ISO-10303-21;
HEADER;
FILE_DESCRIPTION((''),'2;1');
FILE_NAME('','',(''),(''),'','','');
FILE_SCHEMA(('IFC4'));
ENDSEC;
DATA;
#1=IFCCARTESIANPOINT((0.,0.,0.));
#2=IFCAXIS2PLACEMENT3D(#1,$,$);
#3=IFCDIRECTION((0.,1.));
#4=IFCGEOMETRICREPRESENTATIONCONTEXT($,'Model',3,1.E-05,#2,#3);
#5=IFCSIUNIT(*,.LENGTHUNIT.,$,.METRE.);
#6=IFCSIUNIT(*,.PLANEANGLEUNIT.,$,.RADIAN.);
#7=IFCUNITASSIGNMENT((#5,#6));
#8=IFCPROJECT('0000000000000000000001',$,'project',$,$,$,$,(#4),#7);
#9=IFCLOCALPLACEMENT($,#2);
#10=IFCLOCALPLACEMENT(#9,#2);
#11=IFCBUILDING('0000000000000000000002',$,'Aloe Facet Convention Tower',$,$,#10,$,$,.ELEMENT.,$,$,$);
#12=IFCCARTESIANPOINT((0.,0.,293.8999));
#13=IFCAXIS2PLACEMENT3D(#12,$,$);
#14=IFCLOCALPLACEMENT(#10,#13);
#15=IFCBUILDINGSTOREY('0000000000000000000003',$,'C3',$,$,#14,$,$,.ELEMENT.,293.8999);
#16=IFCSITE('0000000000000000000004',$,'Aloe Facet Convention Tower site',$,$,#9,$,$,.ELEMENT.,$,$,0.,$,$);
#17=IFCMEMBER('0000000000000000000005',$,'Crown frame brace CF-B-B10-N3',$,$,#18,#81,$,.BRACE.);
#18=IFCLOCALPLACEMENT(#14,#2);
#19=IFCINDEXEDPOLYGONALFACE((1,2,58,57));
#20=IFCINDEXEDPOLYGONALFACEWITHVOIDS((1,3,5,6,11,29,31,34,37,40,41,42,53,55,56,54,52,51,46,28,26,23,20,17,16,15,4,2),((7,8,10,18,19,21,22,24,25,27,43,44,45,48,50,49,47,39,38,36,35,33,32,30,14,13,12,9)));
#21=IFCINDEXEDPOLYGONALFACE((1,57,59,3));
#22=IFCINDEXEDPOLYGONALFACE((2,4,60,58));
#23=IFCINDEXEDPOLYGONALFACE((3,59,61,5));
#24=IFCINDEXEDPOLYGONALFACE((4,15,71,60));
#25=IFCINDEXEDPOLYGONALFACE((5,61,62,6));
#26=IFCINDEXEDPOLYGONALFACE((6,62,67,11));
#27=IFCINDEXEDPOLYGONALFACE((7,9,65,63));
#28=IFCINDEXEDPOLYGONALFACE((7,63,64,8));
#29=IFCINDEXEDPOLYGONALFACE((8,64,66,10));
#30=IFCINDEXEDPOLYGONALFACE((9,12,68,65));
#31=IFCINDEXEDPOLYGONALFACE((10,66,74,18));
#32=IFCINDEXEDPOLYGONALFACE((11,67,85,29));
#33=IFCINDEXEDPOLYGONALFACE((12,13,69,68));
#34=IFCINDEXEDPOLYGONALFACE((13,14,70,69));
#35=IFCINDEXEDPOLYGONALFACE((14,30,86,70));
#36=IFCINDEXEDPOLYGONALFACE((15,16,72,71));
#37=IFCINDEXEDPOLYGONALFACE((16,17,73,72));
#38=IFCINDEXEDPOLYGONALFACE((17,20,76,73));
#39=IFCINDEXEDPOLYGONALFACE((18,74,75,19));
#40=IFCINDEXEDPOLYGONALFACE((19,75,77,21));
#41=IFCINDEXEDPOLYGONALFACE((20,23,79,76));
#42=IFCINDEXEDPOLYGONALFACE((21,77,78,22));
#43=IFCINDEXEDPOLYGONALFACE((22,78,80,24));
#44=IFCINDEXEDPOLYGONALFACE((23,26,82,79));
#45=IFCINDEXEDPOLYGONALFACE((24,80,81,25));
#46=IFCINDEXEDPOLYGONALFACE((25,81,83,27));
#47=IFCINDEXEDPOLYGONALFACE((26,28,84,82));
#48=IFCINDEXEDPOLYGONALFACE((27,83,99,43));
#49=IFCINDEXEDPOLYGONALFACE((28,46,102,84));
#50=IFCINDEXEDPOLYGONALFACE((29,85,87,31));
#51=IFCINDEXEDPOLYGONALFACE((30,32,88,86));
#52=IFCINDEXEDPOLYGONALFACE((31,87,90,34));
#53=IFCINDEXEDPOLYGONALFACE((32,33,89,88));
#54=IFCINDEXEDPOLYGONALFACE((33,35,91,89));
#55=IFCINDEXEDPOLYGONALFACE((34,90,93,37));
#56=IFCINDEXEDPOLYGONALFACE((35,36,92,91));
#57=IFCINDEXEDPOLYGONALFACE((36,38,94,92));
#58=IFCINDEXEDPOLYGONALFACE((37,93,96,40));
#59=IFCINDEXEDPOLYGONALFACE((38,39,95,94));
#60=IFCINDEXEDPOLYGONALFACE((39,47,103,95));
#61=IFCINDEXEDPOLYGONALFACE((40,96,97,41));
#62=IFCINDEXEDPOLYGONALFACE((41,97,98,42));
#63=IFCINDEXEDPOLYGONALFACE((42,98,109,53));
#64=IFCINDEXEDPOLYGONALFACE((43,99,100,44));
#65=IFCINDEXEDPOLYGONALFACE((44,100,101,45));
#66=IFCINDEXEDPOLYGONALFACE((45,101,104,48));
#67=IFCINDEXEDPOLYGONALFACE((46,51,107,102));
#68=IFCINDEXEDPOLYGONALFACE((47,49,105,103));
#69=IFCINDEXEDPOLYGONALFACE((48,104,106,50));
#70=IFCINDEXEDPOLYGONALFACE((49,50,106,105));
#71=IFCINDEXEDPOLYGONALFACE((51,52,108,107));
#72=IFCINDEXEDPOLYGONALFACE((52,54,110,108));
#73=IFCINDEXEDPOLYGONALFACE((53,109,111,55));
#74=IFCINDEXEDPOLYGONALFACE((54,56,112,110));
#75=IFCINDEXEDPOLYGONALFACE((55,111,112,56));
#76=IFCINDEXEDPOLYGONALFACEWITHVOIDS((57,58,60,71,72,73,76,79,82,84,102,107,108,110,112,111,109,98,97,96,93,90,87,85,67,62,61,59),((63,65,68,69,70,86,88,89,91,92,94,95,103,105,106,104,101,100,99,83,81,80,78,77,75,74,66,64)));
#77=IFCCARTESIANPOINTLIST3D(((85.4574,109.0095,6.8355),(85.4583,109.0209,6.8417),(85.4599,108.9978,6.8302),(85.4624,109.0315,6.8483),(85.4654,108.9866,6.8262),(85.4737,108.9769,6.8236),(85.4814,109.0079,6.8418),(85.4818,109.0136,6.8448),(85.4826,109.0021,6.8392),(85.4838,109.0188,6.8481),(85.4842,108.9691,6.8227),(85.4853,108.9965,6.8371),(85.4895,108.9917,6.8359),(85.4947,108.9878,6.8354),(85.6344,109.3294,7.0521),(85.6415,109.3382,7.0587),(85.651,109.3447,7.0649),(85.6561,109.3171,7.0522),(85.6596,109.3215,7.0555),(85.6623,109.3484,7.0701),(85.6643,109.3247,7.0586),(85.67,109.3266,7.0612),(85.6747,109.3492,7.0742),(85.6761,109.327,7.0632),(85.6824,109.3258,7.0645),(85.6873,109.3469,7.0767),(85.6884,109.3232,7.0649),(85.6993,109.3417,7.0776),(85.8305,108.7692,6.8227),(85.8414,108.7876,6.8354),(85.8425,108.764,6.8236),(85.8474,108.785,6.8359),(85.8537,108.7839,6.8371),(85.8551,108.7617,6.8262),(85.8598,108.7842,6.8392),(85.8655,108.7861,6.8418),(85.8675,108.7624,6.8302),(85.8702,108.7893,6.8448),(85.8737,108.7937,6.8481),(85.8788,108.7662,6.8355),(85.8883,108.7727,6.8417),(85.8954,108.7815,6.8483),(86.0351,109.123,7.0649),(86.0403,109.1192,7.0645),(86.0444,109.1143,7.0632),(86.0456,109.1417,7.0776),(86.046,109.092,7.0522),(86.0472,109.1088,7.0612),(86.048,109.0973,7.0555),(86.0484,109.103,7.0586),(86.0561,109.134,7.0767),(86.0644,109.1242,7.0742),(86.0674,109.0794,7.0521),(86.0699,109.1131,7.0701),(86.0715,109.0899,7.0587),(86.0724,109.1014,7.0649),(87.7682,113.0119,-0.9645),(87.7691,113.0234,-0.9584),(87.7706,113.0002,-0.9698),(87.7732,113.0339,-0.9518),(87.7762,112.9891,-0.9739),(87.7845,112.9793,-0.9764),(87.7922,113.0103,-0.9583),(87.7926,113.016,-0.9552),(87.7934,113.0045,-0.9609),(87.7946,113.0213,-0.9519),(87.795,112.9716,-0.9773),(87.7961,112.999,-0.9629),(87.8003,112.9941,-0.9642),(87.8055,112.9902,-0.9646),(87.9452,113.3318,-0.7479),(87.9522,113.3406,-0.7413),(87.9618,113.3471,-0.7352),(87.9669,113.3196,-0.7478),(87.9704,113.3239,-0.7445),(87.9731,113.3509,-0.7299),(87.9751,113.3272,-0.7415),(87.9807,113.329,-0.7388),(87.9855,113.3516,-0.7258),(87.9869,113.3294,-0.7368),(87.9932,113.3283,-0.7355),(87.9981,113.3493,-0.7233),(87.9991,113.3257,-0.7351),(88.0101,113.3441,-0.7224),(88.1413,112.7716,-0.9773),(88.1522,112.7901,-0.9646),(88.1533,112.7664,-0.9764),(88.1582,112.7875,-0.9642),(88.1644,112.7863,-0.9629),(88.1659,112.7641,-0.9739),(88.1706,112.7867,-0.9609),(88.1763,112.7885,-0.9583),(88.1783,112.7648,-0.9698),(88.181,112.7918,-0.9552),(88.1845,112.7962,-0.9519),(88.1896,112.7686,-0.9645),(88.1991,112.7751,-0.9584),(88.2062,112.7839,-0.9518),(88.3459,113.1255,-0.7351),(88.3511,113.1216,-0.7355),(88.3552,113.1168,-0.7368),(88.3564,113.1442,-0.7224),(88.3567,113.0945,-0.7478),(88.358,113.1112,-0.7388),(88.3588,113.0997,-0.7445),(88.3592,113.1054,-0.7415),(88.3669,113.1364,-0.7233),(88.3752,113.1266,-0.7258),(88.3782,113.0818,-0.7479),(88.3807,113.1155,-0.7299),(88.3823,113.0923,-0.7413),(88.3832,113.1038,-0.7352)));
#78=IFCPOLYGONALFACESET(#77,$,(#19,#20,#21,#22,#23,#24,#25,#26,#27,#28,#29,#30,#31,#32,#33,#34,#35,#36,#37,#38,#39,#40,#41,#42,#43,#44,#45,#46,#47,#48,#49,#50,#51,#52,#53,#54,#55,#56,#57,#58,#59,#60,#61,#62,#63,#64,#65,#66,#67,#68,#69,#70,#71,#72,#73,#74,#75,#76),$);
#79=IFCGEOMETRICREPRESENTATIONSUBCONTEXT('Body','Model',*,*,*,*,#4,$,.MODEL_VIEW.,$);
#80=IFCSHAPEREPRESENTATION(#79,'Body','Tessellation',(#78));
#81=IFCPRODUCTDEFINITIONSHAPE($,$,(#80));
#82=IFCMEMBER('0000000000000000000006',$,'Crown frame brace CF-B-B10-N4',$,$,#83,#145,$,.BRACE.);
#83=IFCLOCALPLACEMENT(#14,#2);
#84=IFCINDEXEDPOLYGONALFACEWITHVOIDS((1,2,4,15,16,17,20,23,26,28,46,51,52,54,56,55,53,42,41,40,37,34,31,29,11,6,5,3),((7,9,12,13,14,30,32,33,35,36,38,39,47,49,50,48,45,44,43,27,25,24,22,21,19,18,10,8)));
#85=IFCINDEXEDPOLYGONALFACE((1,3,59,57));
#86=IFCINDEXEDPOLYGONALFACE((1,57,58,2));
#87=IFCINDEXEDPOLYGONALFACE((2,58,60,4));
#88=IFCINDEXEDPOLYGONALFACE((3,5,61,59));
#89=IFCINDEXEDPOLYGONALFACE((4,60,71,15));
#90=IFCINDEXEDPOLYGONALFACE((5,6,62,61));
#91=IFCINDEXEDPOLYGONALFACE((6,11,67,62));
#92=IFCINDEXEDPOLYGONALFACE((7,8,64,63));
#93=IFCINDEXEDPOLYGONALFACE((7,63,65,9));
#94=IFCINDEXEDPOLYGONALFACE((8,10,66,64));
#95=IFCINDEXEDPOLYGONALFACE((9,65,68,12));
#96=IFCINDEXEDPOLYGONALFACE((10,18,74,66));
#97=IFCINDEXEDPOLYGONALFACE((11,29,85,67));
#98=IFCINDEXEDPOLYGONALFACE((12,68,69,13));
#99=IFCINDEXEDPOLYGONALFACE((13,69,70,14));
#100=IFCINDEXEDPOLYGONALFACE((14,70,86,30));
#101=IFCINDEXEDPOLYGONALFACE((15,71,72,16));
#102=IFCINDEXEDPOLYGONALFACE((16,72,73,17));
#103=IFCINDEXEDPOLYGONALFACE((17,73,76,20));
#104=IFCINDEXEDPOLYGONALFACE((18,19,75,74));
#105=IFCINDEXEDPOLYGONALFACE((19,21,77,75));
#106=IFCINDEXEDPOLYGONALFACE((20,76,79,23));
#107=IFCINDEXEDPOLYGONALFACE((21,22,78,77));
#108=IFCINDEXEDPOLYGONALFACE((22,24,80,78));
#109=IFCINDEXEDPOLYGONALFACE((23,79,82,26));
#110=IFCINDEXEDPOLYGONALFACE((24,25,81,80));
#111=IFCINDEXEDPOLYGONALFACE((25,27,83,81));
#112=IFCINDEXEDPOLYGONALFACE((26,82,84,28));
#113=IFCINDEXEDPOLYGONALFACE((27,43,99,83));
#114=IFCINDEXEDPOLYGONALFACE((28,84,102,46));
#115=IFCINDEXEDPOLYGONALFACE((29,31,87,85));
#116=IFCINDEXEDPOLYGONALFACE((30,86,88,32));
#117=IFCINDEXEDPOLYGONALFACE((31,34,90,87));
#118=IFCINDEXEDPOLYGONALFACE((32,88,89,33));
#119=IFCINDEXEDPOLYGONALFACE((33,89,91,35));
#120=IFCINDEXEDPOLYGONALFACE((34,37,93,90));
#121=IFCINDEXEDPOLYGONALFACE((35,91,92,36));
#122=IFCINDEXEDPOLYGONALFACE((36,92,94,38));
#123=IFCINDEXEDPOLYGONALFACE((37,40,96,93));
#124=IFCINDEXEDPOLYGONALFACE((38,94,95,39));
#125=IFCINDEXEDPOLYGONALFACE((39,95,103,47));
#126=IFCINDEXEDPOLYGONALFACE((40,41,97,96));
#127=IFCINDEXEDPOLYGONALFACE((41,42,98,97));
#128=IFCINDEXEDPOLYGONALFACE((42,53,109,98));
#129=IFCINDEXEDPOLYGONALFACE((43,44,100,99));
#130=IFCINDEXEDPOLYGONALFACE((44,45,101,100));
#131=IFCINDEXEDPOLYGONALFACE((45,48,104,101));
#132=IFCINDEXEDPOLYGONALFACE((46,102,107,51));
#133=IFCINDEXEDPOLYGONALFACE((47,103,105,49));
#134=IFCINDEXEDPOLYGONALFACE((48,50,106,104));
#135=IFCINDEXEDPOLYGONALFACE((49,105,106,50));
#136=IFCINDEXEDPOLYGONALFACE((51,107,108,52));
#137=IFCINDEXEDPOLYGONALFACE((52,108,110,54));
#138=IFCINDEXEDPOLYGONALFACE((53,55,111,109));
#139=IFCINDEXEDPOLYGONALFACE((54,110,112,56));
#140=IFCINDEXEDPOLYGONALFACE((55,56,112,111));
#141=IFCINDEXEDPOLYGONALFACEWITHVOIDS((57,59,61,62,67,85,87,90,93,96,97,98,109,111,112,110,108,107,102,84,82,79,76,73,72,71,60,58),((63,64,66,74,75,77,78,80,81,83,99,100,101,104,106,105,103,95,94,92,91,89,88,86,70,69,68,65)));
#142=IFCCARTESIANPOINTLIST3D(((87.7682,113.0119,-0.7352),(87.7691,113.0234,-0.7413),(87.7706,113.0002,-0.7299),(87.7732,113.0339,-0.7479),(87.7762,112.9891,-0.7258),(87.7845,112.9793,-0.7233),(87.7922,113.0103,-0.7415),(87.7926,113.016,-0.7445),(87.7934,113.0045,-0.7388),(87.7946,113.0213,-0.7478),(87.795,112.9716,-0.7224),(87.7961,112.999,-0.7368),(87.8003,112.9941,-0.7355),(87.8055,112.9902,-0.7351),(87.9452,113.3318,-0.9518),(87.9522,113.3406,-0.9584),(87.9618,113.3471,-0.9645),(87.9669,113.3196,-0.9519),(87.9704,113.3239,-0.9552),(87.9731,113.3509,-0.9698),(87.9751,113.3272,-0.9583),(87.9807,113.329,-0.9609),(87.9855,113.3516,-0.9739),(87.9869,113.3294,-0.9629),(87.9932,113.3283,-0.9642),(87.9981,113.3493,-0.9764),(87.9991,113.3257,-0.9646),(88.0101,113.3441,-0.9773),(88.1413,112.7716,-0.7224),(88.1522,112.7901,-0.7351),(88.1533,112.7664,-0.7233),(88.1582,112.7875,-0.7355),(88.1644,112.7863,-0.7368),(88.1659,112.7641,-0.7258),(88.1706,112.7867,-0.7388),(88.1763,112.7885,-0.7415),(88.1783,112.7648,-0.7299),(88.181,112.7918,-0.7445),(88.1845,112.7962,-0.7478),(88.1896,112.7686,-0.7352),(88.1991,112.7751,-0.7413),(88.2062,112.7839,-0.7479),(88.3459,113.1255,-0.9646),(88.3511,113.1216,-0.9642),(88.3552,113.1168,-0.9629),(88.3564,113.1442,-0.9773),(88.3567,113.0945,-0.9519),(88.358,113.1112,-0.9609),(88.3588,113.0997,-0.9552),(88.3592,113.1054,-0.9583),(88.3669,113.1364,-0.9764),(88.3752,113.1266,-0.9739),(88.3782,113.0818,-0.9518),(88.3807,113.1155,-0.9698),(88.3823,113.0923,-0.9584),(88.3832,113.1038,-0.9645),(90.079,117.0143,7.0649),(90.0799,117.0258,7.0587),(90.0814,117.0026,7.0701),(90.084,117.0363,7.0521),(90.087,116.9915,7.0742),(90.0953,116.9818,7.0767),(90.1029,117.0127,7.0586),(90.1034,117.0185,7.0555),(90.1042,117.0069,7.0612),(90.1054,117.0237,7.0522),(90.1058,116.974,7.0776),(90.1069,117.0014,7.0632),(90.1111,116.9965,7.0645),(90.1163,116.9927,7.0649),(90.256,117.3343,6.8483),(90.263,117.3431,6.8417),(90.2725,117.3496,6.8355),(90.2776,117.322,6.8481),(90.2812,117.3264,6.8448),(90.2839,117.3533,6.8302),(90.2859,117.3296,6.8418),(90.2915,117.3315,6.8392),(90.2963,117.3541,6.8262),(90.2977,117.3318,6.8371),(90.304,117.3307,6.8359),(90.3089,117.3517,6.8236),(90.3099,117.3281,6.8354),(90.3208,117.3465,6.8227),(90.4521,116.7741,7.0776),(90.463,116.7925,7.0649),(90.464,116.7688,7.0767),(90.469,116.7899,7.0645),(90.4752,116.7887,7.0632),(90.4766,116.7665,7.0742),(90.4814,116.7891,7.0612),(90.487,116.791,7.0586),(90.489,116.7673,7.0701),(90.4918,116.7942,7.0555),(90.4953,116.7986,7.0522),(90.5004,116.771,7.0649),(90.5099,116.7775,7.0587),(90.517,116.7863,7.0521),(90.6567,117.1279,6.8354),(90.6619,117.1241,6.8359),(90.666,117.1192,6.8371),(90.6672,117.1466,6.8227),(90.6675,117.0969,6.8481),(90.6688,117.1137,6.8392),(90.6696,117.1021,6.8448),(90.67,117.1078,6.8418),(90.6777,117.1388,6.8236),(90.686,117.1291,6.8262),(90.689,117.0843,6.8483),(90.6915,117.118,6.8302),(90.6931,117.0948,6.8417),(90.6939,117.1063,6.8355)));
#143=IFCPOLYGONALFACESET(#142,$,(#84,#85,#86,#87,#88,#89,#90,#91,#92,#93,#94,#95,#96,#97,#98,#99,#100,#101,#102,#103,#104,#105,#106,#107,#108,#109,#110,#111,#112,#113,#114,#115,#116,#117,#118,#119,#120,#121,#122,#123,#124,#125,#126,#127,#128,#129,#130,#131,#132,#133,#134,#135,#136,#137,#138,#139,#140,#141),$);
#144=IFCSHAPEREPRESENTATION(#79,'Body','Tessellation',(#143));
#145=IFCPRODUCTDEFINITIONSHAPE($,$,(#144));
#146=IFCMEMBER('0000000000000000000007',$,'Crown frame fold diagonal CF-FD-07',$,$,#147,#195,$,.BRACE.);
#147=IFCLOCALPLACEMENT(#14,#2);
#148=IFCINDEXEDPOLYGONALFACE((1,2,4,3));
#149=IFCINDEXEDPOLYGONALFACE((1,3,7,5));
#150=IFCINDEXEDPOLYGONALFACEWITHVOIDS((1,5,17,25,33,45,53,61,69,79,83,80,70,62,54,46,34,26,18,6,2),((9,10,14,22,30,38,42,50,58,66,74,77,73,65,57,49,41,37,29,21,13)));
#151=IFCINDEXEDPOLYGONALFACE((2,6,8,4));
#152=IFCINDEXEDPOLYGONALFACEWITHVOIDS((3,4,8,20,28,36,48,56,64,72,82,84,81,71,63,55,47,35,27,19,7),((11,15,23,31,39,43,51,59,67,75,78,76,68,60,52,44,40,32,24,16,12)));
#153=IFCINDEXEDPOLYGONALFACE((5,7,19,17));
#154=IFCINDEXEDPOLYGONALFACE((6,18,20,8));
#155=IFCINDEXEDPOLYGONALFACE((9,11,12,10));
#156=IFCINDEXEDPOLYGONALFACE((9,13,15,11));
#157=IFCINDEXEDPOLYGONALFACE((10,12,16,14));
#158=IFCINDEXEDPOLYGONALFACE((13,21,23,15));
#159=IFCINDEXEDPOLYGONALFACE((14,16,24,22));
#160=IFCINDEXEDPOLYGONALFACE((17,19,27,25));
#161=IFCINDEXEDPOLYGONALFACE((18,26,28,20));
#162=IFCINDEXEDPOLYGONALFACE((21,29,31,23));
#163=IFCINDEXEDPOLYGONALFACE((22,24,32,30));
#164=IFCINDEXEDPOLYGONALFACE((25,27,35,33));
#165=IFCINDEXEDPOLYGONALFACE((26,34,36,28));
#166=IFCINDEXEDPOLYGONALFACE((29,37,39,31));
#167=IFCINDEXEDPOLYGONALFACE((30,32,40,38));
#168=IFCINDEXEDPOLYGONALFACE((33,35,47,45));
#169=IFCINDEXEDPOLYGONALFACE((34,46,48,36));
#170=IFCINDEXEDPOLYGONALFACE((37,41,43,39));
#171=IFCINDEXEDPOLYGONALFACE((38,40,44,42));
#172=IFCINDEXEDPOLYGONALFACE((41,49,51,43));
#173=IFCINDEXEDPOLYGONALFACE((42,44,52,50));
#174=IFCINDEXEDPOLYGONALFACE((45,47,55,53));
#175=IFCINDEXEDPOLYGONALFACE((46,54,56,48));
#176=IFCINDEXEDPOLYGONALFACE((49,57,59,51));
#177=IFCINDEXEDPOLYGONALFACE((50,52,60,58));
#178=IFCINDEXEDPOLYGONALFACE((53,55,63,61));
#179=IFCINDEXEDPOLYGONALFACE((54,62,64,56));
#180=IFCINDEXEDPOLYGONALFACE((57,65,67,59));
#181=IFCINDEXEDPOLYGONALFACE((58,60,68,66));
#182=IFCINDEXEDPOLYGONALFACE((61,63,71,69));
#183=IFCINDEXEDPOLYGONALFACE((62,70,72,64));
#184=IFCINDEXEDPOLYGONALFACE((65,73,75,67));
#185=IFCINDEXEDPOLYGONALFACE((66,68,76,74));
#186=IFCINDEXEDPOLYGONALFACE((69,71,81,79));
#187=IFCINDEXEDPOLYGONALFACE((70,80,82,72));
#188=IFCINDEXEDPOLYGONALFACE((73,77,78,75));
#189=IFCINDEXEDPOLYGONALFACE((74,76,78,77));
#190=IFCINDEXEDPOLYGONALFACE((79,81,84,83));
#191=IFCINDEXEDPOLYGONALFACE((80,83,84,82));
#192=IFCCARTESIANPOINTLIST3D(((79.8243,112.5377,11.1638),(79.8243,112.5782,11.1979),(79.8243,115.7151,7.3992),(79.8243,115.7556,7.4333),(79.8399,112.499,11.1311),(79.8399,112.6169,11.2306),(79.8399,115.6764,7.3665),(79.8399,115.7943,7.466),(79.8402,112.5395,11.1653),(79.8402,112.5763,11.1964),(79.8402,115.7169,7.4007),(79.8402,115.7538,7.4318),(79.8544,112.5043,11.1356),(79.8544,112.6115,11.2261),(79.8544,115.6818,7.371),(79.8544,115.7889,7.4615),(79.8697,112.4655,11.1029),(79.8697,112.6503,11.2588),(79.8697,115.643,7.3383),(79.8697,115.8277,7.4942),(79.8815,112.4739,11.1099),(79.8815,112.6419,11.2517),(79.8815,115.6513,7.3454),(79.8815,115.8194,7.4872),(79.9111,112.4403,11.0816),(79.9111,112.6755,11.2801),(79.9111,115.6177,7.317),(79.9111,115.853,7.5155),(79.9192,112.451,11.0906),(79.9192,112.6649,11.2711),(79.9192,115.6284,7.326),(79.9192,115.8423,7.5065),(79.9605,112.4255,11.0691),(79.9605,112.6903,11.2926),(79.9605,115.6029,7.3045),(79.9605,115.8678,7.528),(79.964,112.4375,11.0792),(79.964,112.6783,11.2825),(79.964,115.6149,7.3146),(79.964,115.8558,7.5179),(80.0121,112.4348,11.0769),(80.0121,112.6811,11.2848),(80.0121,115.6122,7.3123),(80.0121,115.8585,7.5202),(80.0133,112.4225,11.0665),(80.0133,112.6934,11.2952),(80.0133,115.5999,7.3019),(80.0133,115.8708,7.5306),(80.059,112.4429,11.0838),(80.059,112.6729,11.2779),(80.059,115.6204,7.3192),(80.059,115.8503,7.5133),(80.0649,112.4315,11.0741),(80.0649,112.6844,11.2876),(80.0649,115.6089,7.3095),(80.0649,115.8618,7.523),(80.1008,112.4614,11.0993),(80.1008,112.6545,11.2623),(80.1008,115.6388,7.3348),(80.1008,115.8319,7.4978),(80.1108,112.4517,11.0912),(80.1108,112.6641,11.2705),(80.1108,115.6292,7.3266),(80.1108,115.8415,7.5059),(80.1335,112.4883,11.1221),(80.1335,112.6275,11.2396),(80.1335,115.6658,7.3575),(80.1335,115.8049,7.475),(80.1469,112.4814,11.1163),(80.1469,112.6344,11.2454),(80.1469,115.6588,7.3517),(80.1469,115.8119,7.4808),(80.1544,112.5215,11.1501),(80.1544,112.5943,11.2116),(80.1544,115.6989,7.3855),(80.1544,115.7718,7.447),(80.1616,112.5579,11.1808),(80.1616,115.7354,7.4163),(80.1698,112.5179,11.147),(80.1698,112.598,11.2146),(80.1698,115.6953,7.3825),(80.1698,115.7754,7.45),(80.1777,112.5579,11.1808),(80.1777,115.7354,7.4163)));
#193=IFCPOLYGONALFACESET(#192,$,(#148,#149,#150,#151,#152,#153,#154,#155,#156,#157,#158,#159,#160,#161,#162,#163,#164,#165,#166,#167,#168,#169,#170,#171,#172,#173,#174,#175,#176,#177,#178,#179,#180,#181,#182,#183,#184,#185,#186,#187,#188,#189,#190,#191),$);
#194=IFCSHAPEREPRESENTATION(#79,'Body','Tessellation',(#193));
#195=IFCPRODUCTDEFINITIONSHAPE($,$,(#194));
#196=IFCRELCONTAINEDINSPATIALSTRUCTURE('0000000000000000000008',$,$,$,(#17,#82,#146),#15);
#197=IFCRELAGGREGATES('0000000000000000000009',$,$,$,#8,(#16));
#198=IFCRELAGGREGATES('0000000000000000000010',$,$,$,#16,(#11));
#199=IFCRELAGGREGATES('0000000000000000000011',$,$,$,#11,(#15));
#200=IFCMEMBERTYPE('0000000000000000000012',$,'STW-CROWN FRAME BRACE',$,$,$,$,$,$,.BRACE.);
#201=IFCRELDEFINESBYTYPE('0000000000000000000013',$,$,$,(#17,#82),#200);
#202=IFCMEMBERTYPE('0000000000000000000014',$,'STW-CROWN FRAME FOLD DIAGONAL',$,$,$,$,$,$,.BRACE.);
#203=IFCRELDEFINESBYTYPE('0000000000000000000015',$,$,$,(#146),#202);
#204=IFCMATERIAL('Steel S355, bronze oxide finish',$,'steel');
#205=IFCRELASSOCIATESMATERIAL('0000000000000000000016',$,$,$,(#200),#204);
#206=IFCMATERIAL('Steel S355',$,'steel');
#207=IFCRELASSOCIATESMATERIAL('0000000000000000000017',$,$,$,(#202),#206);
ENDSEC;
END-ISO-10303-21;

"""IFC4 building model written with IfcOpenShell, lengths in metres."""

from ifc_helpers import new_model, si_unit, direction, frame, origin, origin_2d, place, context, subcontext, project, spatial, hollow_rectangle, hollow_circle, extrude, material, material_profile, profile_set, type_object, element, save


model = new_model("IFC4")

# Units and contexts
model_context = context("Model", 3, precision=1e-05, world=origin(), true_north=direction((0.0, 1.0)))
body_context = subcontext(model_context, "Body", "Model", "MODEL_VIEW")
ifc_project = project(units=[si_unit("LENGTHUNIT", "METRE"), si_unit("PLANEANGLEUNIT", "RADIAN")], contexts=[model_context])

# Site, building, storey
site_placement = place(None, origin())
site = spatial("IfcSite", under=ifc_project, at=site_placement, Name="Aloe Facet Convention Tower site", CompositionType="ELEMENT", RefElevation=0.0)
building_placement = place(site_placement, origin())
building = spatial("IfcBuilding", under=site, at=building_placement, Name="Aloe Facet Convention Tower", CompositionType="ELEMENT")
storey_placement = place(building_placement, frame((0.0, 0.0, 293.8999)))
storey = spatial("IfcBuildingStorey", under=building, at=storey_placement, Name="C3", CompositionType="ELEMENT", Elevation=293.8999)

# Members
ifc_material_1 = material(Name="Steel S355, bronze oxide finish", Category="steel")
ifc_material_profile_1 = material_profile(ifc_material_1, hollow_rectangle(XDim=0.5, YDim=0.5, WallThickness=0.0249, InnerFilletRadius=0.0249, OuterFilletRadius=0.05, at=origin_2d()), Name="SHS 500x500x25")
ifc_profile_set_1 = profile_set([ifc_material_profile_1], Name="Steel S355, bronze oxide finish")
member_type_1 = type_object("IfcMemberType", Name="STW-CROWN FRAME BRACE", PredefinedType="BRACE", material=ifc_profile_set_1)
for number, where, z_axis, x_axis, name in (
    (1, (88.0757, 113.0579, -0.8499), (-0.254873, -0.441458, 0.860322), (0.866027, -0.499997, 0.0), "Crown frame brace CF-B-B10-N3"),
    (2, (88.0757, 113.0579, -0.8499), (0.254873, 0.441458, 0.860322), (-0.866027, 0.499997, 0.0), "Crown frame brace CF-B-B10-N4"),
):
    element("IfcMember", number, at=place(storey_placement, frame(where, z_axis=z_axis, x_axis=x_axis)), inside=storey, type_object=member_type_1, Name=name, PredefinedType="BRACE", context=body_context, shape_type="SweptSolid", body=[
        extrude(hollow_rectangle(XDim=0.5, YDim=0.5, WallThickness=0.0249, InnerFilletRadius=0.0249, OuterFilletRadius=0.05, at=origin_2d()), origin(), (0.0, 0.0, 1.0), 9.0664),
    ])
ifc_material_2 = material(Name="Steel S355", Category="steel")
ifc_material_profile_2 = material_profile(ifc_material_2, hollow_circle(Radius=0.1777, WallThickness=0.0161, at=origin_2d()), Name="CHS 355.6x16")
ifc_profile_set_2 = profile_set([ifc_material_profile_2], Name="Steel S355")
member_type_2 = type_object("IfcMemberType", Name="STW-CROWN FRAME FOLD DIAGONAL", PredefinedType="BRACE", material=ifc_profile_set_2)
member_1_placement = place(storey_placement, frame((80.0, 115.7354, 7.4163), z_axis=(0.0, -0.644998, 0.764185), x_axis=(1.0, 0.0, 0.0)))
element("IfcMember", 3, at=member_1_placement, inside=storey, type_object=member_type_2, Name="Crown frame fold diagonal CF-FD-07", PredefinedType="BRACE", context=body_context, shape_type="SweptSolid", body=[
    extrude(hollow_circle(Radius=0.1777, WallThickness=0.0161, at=origin_2d()), origin(), (0.0, 0.0, 1.0), 4.9263),
])

save(model, "model.ifc")
